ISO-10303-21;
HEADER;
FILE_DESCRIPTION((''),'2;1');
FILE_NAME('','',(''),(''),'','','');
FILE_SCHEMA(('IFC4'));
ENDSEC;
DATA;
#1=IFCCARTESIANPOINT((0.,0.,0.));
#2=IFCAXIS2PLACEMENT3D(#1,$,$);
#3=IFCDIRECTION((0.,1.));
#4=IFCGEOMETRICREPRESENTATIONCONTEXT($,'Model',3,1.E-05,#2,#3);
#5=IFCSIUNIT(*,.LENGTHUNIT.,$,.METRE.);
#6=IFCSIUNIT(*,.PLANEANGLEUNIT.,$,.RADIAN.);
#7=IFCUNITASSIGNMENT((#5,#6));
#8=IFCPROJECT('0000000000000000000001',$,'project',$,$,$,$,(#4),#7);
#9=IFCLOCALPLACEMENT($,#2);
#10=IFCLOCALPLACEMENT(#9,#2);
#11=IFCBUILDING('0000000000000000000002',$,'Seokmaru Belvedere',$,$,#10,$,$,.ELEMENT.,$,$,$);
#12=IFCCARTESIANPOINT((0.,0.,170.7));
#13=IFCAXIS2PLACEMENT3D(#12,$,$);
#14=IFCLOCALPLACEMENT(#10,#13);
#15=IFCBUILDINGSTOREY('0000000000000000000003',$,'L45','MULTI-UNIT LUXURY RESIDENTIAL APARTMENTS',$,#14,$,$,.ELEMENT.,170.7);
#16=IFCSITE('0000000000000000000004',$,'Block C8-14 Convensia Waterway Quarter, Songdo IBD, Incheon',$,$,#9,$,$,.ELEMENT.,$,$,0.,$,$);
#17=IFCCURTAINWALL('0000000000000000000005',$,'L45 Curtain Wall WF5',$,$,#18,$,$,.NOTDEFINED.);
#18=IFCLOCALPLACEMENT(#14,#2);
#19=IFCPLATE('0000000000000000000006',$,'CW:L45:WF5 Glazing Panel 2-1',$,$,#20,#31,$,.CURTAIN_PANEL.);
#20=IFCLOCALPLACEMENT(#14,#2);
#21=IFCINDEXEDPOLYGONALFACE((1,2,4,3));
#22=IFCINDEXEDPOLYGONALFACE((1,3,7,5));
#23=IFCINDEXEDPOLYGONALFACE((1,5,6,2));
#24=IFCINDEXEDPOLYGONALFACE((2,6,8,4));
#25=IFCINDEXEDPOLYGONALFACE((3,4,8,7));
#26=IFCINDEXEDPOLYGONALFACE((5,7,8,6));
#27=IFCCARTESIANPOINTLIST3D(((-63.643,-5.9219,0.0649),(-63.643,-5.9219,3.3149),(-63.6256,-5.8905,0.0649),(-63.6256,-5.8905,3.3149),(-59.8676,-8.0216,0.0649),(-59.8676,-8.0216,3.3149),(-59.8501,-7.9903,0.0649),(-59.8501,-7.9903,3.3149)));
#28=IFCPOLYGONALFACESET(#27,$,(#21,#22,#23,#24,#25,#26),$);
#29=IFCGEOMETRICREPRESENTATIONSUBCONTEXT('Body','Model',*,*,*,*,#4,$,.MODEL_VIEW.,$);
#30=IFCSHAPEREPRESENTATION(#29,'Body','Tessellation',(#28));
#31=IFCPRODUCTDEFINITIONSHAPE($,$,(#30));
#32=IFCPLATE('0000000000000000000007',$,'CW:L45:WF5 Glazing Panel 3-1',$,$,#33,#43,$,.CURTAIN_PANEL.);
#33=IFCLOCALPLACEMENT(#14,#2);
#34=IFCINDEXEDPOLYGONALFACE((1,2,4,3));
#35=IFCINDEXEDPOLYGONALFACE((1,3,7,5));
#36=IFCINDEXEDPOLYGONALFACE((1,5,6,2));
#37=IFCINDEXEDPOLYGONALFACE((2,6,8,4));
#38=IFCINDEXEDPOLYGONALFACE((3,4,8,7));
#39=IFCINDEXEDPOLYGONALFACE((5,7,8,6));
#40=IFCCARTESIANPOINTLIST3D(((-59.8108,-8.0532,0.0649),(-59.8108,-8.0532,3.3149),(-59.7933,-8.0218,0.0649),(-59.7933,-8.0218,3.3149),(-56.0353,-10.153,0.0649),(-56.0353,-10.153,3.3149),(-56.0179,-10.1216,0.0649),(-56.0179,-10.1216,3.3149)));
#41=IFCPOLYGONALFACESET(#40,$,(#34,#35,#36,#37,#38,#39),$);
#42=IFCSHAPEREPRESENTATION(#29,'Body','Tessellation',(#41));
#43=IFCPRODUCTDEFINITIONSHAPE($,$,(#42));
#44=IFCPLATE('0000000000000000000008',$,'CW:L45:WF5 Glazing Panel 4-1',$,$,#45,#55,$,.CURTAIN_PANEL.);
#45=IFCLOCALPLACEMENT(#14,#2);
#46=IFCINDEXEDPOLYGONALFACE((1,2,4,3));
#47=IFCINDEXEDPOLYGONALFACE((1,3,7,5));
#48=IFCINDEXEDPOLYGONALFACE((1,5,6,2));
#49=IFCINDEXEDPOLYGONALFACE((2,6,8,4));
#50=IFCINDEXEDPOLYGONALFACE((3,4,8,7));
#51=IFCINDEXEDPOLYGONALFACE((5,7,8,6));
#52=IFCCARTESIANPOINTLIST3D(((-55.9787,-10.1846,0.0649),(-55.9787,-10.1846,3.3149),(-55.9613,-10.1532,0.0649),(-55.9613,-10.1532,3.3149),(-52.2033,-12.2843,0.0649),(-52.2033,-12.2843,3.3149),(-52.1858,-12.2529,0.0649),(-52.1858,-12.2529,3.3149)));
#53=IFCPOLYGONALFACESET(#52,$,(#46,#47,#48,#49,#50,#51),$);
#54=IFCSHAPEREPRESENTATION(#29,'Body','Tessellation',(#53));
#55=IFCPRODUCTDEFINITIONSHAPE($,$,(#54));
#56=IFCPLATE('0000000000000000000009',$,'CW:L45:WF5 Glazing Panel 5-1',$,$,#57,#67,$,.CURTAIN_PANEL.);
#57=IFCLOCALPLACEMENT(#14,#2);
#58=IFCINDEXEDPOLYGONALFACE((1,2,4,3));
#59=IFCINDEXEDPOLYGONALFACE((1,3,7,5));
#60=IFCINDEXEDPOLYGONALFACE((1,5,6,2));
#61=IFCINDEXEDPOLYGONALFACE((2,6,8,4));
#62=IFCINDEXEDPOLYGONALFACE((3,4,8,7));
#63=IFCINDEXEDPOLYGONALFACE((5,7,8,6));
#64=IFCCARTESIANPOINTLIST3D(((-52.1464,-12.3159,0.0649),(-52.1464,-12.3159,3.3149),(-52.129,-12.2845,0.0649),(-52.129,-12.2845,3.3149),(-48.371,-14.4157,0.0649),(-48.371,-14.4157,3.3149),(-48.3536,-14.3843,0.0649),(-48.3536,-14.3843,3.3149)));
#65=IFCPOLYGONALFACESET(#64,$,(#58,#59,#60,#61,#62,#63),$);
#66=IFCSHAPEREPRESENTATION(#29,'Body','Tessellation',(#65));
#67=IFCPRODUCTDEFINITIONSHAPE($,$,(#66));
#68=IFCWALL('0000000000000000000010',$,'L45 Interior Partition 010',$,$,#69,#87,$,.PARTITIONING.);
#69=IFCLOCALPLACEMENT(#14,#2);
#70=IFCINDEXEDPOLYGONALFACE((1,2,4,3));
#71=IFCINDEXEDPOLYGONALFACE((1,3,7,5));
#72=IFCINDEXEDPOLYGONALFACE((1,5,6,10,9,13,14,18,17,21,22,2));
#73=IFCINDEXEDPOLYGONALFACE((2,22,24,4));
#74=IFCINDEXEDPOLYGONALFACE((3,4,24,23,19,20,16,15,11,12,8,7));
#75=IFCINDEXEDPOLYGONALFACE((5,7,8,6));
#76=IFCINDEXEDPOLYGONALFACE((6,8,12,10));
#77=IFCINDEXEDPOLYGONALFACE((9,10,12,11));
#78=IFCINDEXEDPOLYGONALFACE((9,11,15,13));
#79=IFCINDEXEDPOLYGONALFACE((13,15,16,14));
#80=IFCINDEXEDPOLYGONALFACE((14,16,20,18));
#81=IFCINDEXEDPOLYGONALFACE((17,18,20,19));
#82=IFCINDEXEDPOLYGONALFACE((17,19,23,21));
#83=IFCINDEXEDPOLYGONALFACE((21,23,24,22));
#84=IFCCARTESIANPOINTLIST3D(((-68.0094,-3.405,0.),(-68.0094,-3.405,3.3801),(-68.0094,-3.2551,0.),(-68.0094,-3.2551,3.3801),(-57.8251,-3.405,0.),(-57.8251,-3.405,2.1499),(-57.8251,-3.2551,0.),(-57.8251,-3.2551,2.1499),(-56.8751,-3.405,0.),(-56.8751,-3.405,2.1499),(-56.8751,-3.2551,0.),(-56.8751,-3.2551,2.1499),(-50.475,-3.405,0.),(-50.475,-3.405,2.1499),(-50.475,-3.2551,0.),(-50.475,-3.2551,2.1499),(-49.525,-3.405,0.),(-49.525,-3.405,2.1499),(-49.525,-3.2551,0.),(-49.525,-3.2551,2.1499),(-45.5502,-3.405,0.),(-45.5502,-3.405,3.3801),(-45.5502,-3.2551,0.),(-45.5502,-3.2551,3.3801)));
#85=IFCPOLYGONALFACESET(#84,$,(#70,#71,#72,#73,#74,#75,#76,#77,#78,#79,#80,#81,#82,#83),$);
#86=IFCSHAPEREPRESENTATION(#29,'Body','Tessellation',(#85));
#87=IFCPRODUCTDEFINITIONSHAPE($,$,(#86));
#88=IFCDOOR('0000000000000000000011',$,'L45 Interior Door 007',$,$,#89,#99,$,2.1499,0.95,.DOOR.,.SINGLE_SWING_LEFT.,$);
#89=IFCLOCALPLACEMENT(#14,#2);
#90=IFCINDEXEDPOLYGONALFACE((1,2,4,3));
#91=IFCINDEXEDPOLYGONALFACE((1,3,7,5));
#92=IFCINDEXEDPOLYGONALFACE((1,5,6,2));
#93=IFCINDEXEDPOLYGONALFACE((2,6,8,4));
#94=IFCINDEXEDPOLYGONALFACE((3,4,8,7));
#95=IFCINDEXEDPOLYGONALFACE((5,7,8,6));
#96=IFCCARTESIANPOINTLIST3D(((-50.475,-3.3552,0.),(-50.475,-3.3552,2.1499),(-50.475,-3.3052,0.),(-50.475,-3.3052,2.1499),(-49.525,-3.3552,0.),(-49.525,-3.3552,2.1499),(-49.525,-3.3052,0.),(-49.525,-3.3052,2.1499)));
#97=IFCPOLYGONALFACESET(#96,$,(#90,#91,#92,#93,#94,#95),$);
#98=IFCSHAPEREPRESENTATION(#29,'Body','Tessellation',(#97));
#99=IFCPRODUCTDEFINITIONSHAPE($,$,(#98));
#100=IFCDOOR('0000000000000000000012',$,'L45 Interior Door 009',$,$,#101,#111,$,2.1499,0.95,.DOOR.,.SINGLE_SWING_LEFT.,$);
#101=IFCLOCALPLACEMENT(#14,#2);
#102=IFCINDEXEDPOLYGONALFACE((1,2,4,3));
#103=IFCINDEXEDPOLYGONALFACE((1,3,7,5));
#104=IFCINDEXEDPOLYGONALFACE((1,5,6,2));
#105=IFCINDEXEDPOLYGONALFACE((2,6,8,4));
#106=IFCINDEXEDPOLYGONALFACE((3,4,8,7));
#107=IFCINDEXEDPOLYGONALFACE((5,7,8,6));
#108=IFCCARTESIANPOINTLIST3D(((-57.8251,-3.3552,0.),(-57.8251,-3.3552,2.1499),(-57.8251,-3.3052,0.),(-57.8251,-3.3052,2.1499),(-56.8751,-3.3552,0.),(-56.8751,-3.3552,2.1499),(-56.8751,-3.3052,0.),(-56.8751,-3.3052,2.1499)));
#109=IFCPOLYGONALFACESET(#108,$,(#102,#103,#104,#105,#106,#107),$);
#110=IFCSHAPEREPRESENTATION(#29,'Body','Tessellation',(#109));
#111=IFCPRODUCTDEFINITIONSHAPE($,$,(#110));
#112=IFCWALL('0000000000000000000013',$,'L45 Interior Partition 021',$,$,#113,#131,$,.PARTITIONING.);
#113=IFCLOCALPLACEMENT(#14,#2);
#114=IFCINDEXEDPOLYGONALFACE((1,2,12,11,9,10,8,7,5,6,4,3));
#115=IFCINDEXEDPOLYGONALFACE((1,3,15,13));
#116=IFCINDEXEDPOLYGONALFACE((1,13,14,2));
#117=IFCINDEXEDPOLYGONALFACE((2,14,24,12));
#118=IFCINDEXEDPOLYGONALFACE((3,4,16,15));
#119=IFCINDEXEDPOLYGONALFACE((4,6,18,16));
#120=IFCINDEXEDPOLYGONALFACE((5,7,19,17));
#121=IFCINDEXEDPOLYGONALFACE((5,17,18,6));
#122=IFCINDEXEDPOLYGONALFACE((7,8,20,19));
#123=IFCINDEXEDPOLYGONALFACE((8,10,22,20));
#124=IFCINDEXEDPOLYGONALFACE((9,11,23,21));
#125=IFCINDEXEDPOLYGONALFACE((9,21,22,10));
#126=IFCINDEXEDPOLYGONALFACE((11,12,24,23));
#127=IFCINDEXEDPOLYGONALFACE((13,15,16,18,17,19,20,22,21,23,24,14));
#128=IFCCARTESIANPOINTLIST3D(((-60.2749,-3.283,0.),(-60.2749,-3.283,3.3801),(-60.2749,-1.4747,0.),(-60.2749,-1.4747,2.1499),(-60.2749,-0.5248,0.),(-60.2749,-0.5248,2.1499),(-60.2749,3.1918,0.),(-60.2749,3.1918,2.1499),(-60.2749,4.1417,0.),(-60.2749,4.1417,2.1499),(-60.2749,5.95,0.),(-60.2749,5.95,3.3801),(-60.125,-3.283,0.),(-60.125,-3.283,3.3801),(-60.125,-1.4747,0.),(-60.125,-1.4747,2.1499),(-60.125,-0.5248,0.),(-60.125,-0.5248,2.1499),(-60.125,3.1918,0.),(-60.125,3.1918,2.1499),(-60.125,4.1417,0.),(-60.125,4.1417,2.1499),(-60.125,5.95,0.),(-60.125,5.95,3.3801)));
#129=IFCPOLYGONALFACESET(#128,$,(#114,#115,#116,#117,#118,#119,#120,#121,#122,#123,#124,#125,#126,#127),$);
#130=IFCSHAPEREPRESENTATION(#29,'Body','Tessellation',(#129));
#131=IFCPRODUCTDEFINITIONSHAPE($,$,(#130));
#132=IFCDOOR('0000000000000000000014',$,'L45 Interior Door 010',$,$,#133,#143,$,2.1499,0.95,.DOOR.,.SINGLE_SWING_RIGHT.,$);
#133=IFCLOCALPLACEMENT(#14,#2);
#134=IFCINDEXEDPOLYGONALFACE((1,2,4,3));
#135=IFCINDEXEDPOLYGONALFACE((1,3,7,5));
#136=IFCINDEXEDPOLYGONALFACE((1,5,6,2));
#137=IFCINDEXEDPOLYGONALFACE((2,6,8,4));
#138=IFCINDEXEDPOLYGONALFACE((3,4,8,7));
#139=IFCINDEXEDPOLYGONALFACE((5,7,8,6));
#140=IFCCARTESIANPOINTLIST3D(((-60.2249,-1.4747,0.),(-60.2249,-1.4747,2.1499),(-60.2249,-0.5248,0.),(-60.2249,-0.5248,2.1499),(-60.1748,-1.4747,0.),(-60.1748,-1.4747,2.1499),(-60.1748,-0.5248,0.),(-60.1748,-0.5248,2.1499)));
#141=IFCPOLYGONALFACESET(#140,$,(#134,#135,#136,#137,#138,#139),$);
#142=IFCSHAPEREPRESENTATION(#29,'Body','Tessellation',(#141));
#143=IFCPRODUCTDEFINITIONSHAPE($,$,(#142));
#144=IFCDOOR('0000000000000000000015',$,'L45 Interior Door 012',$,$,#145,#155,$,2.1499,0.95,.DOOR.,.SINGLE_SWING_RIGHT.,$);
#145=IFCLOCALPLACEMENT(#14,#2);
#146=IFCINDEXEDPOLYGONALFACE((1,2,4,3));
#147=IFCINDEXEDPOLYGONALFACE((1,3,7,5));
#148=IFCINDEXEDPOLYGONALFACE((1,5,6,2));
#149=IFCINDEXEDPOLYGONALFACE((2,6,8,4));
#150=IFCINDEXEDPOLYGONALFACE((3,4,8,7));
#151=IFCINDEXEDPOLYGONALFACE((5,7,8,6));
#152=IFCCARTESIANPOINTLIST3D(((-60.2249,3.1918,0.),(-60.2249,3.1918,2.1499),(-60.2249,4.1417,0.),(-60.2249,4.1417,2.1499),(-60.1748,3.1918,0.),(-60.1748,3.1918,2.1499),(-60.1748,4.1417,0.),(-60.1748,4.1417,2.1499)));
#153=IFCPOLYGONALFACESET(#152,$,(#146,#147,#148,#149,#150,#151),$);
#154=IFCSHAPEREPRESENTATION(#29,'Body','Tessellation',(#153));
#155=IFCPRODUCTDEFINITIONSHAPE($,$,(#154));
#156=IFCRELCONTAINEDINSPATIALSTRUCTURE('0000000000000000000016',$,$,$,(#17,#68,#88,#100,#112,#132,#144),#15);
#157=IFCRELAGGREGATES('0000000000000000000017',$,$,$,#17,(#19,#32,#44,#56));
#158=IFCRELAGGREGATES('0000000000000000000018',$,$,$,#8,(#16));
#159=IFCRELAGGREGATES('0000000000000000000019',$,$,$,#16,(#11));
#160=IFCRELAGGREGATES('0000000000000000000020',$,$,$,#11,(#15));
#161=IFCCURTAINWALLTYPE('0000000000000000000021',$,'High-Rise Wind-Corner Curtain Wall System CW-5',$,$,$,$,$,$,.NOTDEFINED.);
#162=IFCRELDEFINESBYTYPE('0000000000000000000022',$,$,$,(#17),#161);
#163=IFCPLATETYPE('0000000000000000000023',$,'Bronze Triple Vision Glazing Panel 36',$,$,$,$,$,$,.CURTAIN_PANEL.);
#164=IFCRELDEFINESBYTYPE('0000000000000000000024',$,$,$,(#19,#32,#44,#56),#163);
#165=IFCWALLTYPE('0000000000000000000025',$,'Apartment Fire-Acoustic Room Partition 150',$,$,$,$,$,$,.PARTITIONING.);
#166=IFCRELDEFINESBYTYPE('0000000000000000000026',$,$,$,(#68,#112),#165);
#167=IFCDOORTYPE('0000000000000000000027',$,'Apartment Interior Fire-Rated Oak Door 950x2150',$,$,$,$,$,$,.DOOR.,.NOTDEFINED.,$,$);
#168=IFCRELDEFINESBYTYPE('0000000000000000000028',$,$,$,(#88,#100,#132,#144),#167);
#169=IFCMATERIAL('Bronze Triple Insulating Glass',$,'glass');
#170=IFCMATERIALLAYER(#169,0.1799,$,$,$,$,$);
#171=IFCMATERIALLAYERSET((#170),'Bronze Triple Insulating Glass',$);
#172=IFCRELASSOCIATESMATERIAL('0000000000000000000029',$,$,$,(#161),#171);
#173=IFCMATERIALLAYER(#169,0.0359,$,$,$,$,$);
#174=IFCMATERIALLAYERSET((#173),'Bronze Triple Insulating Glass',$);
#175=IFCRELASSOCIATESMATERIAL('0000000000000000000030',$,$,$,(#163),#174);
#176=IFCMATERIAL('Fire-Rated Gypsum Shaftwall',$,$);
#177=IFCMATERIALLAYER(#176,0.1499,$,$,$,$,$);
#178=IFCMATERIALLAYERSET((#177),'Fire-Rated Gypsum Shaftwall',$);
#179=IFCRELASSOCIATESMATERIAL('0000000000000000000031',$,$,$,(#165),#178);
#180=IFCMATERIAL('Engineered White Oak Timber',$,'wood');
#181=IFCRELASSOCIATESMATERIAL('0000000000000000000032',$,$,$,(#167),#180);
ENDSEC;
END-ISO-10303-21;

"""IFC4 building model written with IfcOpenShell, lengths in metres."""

from ifc_helpers import new_model, si_unit, direction, frame, frame_2d, origin, origin_2d, place, context, subcontext, project, spatial, rectangle, extrude, source, transform, mapped, material, layer, layer_set, type_object, type_shapes, element, fill, aggregate, save


model = new_model("IFC4")

# Units and contexts
model_context = context("Model", 3, precision=1e-05, world=origin(), true_north=direction((0.0, 1.0)))
body_context = subcontext(model_context, "Body", "Model", "MODEL_VIEW")
ifc_project = project(units=[si_unit("LENGTHUNIT", "METRE"), si_unit("PLANEANGLEUNIT", "RADIAN")], contexts=[model_context])

# Site, building, storey
site_placement = place(None, origin())
site = spatial("IfcSite", under=ifc_project, at=site_placement, Name="Block C8-14 Convensia Waterway Quarter, Songdo IBD, Incheon", CompositionType="ELEMENT", RefElevation=0.0)
building_placement = place(site_placement, origin())
building = spatial("IfcBuilding", under=site, at=building_placement, Name="Seokmaru Belvedere", CompositionType="ELEMENT")
storey_placement = place(building_placement, frame((0.0, 0.0, 170.7)))
storey = spatial("IfcBuildingStorey", under=building, at=storey_placement, Name="L45", Description="MULTI-UNIT LUXURY RESIDENTIAL APARTMENTS", CompositionType="ELEMENT", Elevation=170.7)

# Curtain wall, plates
ifc_material_1 = material(Name="Bronze Triple Insulating Glass", Category="glass")
ifc_layer_1 = layer(ifc_material_1, 0.1799)
ifc_layer_set_1 = layer_set([ifc_layer_1], Name="Bronze Triple Insulating Glass")
curtain_wall_type = type_object("IfcCurtainWallType", Name="High-Rise Wind-Corner Curtain Wall System CW-5", PredefinedType="NOTDEFINED", material=ifc_layer_set_1)
curtain_wall_placement = place(storey_placement, origin())
curtain_wall = element("IfcCurtainWall", 1, at=curtain_wall_placement, inside=storey, type_object=curtain_wall_type, Name="L45 Curtain Wall WF5", PredefinedType="NOTDEFINED")
ifc_layer_2 = layer(ifc_material_1, 0.0359)
ifc_layer_set_2 = layer_set([ifc_layer_2], Name="Bronze Triple Insulating Glass")
plate_type = type_object("IfcPlateType", Name="Bronze Triple Vision Glazing Panel 36", PredefinedType="CURTAIN_PANEL", material=ifc_layer_set_2)
shared_shape_1 = source(origin(), body_context, "Body", "SweptSolid", [
    extrude(rectangle(XDim=4.3201, YDim=0.0359, at=origin_2d()), origin(), (0.0, 0.0, 1.0), 3.25),
])
plate_1_placement = place(storey_placement, frame((-61.7466, -6.9561, 0.0649), z_axis=(0.0, 0.0, 1.0), x_axis=(0.873933, -0.486047, 0.0)))
plate_1 = element("IfcPlate", 2, at=plate_1_placement, type_object=plate_type, Name="CW:L45:WF5 Glazing Panel 2-1", PredefinedType="CURTAIN_PANEL", context=body_context, shape_type="MappedRepresentation", body=[
    mapped(shared_shape_1, transform((0.0, 0.0, 0.0), scale=1.0)),
])
plate_2_placement = place(storey_placement, frame((-57.9143, -9.0874, 0.0649), z_axis=(0.0, 0.0, 1.0), x_axis=(0.873933, -0.486047, 0.0)))
plate_2 = element("IfcPlate", 3, at=plate_2_placement, type_object=plate_type, Name="CW:L45:WF5 Glazing Panel 3-1", PredefinedType="CURTAIN_PANEL", context=body_context, shape_type="MappedRepresentation", body=[
    mapped(shared_shape_1, transform((0.0, 0.0, 0.0), scale=1.0)),
])
plate_3_placement = place(storey_placement, frame((-54.0823, -11.2188, 0.0649), z_axis=(0.0, 0.0, 1.0), x_axis=(0.873933, -0.486047, 0.0)))
plate_3 = element("IfcPlate", 4, at=plate_3_placement, type_object=plate_type, Name="CW:L45:WF5 Glazing Panel 4-1", PredefinedType="CURTAIN_PANEL", context=body_context, shape_type="MappedRepresentation", body=[
    mapped(shared_shape_1, transform((0.0, 0.0, 0.0), scale=1.0)),
])
plate_4_placement = place(storey_placement, frame((-50.25, -13.3501, 0.0649), z_axis=(0.0, 0.0, 1.0), x_axis=(0.873933, -0.486047, 0.0)))
plate_4 = element("IfcPlate", 5, at=plate_4_placement, type_object=plate_type, Name="CW:L45:WF5 Glazing Panel 5-1", PredefinedType="CURTAIN_PANEL", context=body_context, shape_type="MappedRepresentation", body=[
    mapped(shared_shape_1, transform((0.0, 0.0, 0.0), scale=1.0)),
])
aggregate(curtain_wall, [plate_1, plate_2, plate_3, plate_4])

# Walls, openings, doors
ifc_material_2 = material(Name="Fire-Rated Gypsum Shaftwall")
ifc_layer_3 = layer(ifc_material_2, 0.1499)
ifc_layer_set_3 = layer_set([ifc_layer_3], Name="Fire-Rated Gypsum Shaftwall")
wall_type_1 = type_object("IfcWallType", Name="Apartment Fire-Acoustic Room Partition 150", PredefinedType="PARTITIONING", material=ifc_layer_set_3)
wall_1_placement = place(storey_placement, frame((-68.0093, -3.3301, 0.0), z_axis=(0.0, 0.0, 1.0), x_axis=(1.0, 0.0, 0.0)))
wall_1 = element("IfcWall", 6, at=wall_1_placement, inside=storey, type_object=wall_type_1, Name="L45 Interior Partition 010", PredefinedType="PARTITIONING", context=body_context, shape_type="SweptSolid", body=[
    extrude(rectangle(XDim=22.4592, YDim=0.1499, at=frame_2d((11.2295, 0.0))), origin(), (0.0, 0.0, 1.0), 3.3801),
])
opening_1_placement = place(wall_1_placement, frame((17.5342, 0.0, 0.0)))
opening_1 = element("IfcOpeningElement", 7, at=opening_1_placement, cuts=wall_1, PredefinedType="OPENING", context=body_context, shape_type="SweptSolid", body=[
    extrude(rectangle(XDim=0.95, YDim=2.1499, at=frame_2d((0.4751, 1.075))), frame((0.0, 0.085, 0.0), z_axis=(0.0, -1.0, 0.0), x_axis=(1.0, 0.0, 0.0)), (0.0, 0.0, 1.0), 0.1699),
])
opening_2_placement = place(wall_1_placement, frame((10.1841, 0.0, 0.0)))
opening_2 = element("IfcOpeningElement", 8, at=opening_2_placement, cuts=wall_1, PredefinedType="OPENING", context=body_context, shape_type="SweptSolid", body=[
    extrude(rectangle(XDim=0.95, YDim=2.1499, at=frame_2d((0.4751, 1.075))), frame((0.0, 0.085, 0.0), z_axis=(0.0, -1.0, 0.0), x_axis=(1.0, 0.0, 0.0)), (0.0, 0.0, 1.0), 0.1699),
])
ifc_material_3 = material(Name="Engineered White Oak Timber", Category="wood")
door_type = type_object("IfcDoorType", Name="Apartment Interior Fire-Rated Oak Door 950x2150", OperationType="NOTDEFINED", PredefinedType="DOOR", material=ifc_material_3)
shared_shape_2 = source(origin(), body_context, "Body", "SweptSolid", [
    extrude(rectangle(XDim=0.95, YDim=2.1499, at=frame_2d((0.4751, 1.075))), frame((0.0, 0.0249, 0.0), z_axis=(0.0, -1.0, 0.0), x_axis=(1.0, 0.0, 0.0)), (0.0, 0.0, 1.0), 0.05),
])
type_shapes(door_type, [shared_shape_2])
door_1_placement = place(opening_1_placement, origin())
door_1 = element("IfcDoor", 9, at=door_1_placement, inside=storey, type_object=door_type, Name="L45 Interior Door 007", OperationType="SINGLE_SWING_LEFT", OverallHeight=2.1499, OverallWidth=0.95, PredefinedType="DOOR", context=body_context, shape_type="MappedRepresentation", body=[
    mapped(shared_shape_2, transform((0.0, 0.0, 0.0), scale=1.0)),
])
fill(opening_1, door_1)
door_2_placement = place(opening_2_placement, origin())
door_2 = element("IfcDoor", 10, at=door_2_placement, inside=storey, type_object=door_type, Name="L45 Interior Door 009", OperationType="SINGLE_SWING_LEFT", OverallHeight=2.1499, OverallWidth=0.95, PredefinedType="DOOR", context=body_context, shape_type="MappedRepresentation", body=[
    mapped(shared_shape_2, transform((0.0, 0.0, 0.0), scale=1.0)),
])
fill(opening_2, door_2)
wall_2_placement = place(storey_placement, frame((-60.2, -3.283, 0.0), z_axis=(0.0, 0.0, 1.0), x_axis=(0.0, 1.0, 0.0)))
wall_2 = element("IfcWall", 11, at=wall_2_placement, inside=storey, type_object=wall_type_1, Name="L45 Interior Partition 021", PredefinedType="PARTITIONING", context=body_context, shape_type="SweptSolid", body=[
    extrude(rectangle(XDim=9.2329, YDim=0.1499, at=frame_2d((4.6165, 0.0))), origin(), (0.0, 0.0, 1.0), 3.3801),
])
opening_3_placement = place(wall_2_placement, frame((1.8081, 0.0, 0.0)))
opening_3 = element("IfcOpeningElement", 12, at=opening_3_placement, cuts=wall_2, PredefinedType="OPENING", context=body_context, shape_type="SweptSolid", body=[
    extrude(rectangle(XDim=0.95, YDim=2.1499, at=frame_2d((0.4751, 1.075))), frame((0.0, 0.085, 0.0), z_axis=(0.0, -1.0, 0.0), x_axis=(1.0, 0.0, 0.0)), (0.0, 0.0, 1.0), 0.1699),
])
opening_4_placement = place(wall_2_placement, frame((6.4746, 0.0, 0.0)))
opening_4 = element("IfcOpeningElement", 13, at=opening_4_placement, cuts=wall_2, PredefinedType="OPENING", context=body_context, shape_type="SweptSolid", body=[
    extrude(rectangle(XDim=0.95, YDim=2.1499, at=frame_2d((0.4751, 1.075))), frame((0.0, 0.085, 0.0), z_axis=(0.0, -1.0, 0.0), x_axis=(1.0, 0.0, 0.0)), (0.0, 0.0, 1.0), 0.1699),
])
door_3_placement = place(opening_3_placement, origin())
door_3 = element("IfcDoor", 14, at=door_3_placement, inside=storey, type_object=door_type, Name="L45 Interior Door 010", OperationType="SINGLE_SWING_RIGHT", OverallHeight=2.1499, OverallWidth=0.95, PredefinedType="DOOR", context=body_context, shape_type="MappedRepresentation", body=[
    mapped(shared_shape_2, transform((0.0, 0.0, 0.0), scale=1.0)),
])
fill(opening_3, door_3)
door_4_placement = place(opening_4_placement, origin())
door_4 = element("IfcDoor", 15, at=door_4_placement, inside=storey, type_object=door_type, Name="L45 Interior Door 012", OperationType="SINGLE_SWING_RIGHT", OverallHeight=2.1499, OverallWidth=0.95, PredefinedType="DOOR", context=body_context, shape_type="MappedRepresentation", body=[
    mapped(shared_shape_2, transform((0.0, 0.0, 0.0), scale=1.0)),
])
fill(opening_4, door_4)

save(model, "model.ifc")
